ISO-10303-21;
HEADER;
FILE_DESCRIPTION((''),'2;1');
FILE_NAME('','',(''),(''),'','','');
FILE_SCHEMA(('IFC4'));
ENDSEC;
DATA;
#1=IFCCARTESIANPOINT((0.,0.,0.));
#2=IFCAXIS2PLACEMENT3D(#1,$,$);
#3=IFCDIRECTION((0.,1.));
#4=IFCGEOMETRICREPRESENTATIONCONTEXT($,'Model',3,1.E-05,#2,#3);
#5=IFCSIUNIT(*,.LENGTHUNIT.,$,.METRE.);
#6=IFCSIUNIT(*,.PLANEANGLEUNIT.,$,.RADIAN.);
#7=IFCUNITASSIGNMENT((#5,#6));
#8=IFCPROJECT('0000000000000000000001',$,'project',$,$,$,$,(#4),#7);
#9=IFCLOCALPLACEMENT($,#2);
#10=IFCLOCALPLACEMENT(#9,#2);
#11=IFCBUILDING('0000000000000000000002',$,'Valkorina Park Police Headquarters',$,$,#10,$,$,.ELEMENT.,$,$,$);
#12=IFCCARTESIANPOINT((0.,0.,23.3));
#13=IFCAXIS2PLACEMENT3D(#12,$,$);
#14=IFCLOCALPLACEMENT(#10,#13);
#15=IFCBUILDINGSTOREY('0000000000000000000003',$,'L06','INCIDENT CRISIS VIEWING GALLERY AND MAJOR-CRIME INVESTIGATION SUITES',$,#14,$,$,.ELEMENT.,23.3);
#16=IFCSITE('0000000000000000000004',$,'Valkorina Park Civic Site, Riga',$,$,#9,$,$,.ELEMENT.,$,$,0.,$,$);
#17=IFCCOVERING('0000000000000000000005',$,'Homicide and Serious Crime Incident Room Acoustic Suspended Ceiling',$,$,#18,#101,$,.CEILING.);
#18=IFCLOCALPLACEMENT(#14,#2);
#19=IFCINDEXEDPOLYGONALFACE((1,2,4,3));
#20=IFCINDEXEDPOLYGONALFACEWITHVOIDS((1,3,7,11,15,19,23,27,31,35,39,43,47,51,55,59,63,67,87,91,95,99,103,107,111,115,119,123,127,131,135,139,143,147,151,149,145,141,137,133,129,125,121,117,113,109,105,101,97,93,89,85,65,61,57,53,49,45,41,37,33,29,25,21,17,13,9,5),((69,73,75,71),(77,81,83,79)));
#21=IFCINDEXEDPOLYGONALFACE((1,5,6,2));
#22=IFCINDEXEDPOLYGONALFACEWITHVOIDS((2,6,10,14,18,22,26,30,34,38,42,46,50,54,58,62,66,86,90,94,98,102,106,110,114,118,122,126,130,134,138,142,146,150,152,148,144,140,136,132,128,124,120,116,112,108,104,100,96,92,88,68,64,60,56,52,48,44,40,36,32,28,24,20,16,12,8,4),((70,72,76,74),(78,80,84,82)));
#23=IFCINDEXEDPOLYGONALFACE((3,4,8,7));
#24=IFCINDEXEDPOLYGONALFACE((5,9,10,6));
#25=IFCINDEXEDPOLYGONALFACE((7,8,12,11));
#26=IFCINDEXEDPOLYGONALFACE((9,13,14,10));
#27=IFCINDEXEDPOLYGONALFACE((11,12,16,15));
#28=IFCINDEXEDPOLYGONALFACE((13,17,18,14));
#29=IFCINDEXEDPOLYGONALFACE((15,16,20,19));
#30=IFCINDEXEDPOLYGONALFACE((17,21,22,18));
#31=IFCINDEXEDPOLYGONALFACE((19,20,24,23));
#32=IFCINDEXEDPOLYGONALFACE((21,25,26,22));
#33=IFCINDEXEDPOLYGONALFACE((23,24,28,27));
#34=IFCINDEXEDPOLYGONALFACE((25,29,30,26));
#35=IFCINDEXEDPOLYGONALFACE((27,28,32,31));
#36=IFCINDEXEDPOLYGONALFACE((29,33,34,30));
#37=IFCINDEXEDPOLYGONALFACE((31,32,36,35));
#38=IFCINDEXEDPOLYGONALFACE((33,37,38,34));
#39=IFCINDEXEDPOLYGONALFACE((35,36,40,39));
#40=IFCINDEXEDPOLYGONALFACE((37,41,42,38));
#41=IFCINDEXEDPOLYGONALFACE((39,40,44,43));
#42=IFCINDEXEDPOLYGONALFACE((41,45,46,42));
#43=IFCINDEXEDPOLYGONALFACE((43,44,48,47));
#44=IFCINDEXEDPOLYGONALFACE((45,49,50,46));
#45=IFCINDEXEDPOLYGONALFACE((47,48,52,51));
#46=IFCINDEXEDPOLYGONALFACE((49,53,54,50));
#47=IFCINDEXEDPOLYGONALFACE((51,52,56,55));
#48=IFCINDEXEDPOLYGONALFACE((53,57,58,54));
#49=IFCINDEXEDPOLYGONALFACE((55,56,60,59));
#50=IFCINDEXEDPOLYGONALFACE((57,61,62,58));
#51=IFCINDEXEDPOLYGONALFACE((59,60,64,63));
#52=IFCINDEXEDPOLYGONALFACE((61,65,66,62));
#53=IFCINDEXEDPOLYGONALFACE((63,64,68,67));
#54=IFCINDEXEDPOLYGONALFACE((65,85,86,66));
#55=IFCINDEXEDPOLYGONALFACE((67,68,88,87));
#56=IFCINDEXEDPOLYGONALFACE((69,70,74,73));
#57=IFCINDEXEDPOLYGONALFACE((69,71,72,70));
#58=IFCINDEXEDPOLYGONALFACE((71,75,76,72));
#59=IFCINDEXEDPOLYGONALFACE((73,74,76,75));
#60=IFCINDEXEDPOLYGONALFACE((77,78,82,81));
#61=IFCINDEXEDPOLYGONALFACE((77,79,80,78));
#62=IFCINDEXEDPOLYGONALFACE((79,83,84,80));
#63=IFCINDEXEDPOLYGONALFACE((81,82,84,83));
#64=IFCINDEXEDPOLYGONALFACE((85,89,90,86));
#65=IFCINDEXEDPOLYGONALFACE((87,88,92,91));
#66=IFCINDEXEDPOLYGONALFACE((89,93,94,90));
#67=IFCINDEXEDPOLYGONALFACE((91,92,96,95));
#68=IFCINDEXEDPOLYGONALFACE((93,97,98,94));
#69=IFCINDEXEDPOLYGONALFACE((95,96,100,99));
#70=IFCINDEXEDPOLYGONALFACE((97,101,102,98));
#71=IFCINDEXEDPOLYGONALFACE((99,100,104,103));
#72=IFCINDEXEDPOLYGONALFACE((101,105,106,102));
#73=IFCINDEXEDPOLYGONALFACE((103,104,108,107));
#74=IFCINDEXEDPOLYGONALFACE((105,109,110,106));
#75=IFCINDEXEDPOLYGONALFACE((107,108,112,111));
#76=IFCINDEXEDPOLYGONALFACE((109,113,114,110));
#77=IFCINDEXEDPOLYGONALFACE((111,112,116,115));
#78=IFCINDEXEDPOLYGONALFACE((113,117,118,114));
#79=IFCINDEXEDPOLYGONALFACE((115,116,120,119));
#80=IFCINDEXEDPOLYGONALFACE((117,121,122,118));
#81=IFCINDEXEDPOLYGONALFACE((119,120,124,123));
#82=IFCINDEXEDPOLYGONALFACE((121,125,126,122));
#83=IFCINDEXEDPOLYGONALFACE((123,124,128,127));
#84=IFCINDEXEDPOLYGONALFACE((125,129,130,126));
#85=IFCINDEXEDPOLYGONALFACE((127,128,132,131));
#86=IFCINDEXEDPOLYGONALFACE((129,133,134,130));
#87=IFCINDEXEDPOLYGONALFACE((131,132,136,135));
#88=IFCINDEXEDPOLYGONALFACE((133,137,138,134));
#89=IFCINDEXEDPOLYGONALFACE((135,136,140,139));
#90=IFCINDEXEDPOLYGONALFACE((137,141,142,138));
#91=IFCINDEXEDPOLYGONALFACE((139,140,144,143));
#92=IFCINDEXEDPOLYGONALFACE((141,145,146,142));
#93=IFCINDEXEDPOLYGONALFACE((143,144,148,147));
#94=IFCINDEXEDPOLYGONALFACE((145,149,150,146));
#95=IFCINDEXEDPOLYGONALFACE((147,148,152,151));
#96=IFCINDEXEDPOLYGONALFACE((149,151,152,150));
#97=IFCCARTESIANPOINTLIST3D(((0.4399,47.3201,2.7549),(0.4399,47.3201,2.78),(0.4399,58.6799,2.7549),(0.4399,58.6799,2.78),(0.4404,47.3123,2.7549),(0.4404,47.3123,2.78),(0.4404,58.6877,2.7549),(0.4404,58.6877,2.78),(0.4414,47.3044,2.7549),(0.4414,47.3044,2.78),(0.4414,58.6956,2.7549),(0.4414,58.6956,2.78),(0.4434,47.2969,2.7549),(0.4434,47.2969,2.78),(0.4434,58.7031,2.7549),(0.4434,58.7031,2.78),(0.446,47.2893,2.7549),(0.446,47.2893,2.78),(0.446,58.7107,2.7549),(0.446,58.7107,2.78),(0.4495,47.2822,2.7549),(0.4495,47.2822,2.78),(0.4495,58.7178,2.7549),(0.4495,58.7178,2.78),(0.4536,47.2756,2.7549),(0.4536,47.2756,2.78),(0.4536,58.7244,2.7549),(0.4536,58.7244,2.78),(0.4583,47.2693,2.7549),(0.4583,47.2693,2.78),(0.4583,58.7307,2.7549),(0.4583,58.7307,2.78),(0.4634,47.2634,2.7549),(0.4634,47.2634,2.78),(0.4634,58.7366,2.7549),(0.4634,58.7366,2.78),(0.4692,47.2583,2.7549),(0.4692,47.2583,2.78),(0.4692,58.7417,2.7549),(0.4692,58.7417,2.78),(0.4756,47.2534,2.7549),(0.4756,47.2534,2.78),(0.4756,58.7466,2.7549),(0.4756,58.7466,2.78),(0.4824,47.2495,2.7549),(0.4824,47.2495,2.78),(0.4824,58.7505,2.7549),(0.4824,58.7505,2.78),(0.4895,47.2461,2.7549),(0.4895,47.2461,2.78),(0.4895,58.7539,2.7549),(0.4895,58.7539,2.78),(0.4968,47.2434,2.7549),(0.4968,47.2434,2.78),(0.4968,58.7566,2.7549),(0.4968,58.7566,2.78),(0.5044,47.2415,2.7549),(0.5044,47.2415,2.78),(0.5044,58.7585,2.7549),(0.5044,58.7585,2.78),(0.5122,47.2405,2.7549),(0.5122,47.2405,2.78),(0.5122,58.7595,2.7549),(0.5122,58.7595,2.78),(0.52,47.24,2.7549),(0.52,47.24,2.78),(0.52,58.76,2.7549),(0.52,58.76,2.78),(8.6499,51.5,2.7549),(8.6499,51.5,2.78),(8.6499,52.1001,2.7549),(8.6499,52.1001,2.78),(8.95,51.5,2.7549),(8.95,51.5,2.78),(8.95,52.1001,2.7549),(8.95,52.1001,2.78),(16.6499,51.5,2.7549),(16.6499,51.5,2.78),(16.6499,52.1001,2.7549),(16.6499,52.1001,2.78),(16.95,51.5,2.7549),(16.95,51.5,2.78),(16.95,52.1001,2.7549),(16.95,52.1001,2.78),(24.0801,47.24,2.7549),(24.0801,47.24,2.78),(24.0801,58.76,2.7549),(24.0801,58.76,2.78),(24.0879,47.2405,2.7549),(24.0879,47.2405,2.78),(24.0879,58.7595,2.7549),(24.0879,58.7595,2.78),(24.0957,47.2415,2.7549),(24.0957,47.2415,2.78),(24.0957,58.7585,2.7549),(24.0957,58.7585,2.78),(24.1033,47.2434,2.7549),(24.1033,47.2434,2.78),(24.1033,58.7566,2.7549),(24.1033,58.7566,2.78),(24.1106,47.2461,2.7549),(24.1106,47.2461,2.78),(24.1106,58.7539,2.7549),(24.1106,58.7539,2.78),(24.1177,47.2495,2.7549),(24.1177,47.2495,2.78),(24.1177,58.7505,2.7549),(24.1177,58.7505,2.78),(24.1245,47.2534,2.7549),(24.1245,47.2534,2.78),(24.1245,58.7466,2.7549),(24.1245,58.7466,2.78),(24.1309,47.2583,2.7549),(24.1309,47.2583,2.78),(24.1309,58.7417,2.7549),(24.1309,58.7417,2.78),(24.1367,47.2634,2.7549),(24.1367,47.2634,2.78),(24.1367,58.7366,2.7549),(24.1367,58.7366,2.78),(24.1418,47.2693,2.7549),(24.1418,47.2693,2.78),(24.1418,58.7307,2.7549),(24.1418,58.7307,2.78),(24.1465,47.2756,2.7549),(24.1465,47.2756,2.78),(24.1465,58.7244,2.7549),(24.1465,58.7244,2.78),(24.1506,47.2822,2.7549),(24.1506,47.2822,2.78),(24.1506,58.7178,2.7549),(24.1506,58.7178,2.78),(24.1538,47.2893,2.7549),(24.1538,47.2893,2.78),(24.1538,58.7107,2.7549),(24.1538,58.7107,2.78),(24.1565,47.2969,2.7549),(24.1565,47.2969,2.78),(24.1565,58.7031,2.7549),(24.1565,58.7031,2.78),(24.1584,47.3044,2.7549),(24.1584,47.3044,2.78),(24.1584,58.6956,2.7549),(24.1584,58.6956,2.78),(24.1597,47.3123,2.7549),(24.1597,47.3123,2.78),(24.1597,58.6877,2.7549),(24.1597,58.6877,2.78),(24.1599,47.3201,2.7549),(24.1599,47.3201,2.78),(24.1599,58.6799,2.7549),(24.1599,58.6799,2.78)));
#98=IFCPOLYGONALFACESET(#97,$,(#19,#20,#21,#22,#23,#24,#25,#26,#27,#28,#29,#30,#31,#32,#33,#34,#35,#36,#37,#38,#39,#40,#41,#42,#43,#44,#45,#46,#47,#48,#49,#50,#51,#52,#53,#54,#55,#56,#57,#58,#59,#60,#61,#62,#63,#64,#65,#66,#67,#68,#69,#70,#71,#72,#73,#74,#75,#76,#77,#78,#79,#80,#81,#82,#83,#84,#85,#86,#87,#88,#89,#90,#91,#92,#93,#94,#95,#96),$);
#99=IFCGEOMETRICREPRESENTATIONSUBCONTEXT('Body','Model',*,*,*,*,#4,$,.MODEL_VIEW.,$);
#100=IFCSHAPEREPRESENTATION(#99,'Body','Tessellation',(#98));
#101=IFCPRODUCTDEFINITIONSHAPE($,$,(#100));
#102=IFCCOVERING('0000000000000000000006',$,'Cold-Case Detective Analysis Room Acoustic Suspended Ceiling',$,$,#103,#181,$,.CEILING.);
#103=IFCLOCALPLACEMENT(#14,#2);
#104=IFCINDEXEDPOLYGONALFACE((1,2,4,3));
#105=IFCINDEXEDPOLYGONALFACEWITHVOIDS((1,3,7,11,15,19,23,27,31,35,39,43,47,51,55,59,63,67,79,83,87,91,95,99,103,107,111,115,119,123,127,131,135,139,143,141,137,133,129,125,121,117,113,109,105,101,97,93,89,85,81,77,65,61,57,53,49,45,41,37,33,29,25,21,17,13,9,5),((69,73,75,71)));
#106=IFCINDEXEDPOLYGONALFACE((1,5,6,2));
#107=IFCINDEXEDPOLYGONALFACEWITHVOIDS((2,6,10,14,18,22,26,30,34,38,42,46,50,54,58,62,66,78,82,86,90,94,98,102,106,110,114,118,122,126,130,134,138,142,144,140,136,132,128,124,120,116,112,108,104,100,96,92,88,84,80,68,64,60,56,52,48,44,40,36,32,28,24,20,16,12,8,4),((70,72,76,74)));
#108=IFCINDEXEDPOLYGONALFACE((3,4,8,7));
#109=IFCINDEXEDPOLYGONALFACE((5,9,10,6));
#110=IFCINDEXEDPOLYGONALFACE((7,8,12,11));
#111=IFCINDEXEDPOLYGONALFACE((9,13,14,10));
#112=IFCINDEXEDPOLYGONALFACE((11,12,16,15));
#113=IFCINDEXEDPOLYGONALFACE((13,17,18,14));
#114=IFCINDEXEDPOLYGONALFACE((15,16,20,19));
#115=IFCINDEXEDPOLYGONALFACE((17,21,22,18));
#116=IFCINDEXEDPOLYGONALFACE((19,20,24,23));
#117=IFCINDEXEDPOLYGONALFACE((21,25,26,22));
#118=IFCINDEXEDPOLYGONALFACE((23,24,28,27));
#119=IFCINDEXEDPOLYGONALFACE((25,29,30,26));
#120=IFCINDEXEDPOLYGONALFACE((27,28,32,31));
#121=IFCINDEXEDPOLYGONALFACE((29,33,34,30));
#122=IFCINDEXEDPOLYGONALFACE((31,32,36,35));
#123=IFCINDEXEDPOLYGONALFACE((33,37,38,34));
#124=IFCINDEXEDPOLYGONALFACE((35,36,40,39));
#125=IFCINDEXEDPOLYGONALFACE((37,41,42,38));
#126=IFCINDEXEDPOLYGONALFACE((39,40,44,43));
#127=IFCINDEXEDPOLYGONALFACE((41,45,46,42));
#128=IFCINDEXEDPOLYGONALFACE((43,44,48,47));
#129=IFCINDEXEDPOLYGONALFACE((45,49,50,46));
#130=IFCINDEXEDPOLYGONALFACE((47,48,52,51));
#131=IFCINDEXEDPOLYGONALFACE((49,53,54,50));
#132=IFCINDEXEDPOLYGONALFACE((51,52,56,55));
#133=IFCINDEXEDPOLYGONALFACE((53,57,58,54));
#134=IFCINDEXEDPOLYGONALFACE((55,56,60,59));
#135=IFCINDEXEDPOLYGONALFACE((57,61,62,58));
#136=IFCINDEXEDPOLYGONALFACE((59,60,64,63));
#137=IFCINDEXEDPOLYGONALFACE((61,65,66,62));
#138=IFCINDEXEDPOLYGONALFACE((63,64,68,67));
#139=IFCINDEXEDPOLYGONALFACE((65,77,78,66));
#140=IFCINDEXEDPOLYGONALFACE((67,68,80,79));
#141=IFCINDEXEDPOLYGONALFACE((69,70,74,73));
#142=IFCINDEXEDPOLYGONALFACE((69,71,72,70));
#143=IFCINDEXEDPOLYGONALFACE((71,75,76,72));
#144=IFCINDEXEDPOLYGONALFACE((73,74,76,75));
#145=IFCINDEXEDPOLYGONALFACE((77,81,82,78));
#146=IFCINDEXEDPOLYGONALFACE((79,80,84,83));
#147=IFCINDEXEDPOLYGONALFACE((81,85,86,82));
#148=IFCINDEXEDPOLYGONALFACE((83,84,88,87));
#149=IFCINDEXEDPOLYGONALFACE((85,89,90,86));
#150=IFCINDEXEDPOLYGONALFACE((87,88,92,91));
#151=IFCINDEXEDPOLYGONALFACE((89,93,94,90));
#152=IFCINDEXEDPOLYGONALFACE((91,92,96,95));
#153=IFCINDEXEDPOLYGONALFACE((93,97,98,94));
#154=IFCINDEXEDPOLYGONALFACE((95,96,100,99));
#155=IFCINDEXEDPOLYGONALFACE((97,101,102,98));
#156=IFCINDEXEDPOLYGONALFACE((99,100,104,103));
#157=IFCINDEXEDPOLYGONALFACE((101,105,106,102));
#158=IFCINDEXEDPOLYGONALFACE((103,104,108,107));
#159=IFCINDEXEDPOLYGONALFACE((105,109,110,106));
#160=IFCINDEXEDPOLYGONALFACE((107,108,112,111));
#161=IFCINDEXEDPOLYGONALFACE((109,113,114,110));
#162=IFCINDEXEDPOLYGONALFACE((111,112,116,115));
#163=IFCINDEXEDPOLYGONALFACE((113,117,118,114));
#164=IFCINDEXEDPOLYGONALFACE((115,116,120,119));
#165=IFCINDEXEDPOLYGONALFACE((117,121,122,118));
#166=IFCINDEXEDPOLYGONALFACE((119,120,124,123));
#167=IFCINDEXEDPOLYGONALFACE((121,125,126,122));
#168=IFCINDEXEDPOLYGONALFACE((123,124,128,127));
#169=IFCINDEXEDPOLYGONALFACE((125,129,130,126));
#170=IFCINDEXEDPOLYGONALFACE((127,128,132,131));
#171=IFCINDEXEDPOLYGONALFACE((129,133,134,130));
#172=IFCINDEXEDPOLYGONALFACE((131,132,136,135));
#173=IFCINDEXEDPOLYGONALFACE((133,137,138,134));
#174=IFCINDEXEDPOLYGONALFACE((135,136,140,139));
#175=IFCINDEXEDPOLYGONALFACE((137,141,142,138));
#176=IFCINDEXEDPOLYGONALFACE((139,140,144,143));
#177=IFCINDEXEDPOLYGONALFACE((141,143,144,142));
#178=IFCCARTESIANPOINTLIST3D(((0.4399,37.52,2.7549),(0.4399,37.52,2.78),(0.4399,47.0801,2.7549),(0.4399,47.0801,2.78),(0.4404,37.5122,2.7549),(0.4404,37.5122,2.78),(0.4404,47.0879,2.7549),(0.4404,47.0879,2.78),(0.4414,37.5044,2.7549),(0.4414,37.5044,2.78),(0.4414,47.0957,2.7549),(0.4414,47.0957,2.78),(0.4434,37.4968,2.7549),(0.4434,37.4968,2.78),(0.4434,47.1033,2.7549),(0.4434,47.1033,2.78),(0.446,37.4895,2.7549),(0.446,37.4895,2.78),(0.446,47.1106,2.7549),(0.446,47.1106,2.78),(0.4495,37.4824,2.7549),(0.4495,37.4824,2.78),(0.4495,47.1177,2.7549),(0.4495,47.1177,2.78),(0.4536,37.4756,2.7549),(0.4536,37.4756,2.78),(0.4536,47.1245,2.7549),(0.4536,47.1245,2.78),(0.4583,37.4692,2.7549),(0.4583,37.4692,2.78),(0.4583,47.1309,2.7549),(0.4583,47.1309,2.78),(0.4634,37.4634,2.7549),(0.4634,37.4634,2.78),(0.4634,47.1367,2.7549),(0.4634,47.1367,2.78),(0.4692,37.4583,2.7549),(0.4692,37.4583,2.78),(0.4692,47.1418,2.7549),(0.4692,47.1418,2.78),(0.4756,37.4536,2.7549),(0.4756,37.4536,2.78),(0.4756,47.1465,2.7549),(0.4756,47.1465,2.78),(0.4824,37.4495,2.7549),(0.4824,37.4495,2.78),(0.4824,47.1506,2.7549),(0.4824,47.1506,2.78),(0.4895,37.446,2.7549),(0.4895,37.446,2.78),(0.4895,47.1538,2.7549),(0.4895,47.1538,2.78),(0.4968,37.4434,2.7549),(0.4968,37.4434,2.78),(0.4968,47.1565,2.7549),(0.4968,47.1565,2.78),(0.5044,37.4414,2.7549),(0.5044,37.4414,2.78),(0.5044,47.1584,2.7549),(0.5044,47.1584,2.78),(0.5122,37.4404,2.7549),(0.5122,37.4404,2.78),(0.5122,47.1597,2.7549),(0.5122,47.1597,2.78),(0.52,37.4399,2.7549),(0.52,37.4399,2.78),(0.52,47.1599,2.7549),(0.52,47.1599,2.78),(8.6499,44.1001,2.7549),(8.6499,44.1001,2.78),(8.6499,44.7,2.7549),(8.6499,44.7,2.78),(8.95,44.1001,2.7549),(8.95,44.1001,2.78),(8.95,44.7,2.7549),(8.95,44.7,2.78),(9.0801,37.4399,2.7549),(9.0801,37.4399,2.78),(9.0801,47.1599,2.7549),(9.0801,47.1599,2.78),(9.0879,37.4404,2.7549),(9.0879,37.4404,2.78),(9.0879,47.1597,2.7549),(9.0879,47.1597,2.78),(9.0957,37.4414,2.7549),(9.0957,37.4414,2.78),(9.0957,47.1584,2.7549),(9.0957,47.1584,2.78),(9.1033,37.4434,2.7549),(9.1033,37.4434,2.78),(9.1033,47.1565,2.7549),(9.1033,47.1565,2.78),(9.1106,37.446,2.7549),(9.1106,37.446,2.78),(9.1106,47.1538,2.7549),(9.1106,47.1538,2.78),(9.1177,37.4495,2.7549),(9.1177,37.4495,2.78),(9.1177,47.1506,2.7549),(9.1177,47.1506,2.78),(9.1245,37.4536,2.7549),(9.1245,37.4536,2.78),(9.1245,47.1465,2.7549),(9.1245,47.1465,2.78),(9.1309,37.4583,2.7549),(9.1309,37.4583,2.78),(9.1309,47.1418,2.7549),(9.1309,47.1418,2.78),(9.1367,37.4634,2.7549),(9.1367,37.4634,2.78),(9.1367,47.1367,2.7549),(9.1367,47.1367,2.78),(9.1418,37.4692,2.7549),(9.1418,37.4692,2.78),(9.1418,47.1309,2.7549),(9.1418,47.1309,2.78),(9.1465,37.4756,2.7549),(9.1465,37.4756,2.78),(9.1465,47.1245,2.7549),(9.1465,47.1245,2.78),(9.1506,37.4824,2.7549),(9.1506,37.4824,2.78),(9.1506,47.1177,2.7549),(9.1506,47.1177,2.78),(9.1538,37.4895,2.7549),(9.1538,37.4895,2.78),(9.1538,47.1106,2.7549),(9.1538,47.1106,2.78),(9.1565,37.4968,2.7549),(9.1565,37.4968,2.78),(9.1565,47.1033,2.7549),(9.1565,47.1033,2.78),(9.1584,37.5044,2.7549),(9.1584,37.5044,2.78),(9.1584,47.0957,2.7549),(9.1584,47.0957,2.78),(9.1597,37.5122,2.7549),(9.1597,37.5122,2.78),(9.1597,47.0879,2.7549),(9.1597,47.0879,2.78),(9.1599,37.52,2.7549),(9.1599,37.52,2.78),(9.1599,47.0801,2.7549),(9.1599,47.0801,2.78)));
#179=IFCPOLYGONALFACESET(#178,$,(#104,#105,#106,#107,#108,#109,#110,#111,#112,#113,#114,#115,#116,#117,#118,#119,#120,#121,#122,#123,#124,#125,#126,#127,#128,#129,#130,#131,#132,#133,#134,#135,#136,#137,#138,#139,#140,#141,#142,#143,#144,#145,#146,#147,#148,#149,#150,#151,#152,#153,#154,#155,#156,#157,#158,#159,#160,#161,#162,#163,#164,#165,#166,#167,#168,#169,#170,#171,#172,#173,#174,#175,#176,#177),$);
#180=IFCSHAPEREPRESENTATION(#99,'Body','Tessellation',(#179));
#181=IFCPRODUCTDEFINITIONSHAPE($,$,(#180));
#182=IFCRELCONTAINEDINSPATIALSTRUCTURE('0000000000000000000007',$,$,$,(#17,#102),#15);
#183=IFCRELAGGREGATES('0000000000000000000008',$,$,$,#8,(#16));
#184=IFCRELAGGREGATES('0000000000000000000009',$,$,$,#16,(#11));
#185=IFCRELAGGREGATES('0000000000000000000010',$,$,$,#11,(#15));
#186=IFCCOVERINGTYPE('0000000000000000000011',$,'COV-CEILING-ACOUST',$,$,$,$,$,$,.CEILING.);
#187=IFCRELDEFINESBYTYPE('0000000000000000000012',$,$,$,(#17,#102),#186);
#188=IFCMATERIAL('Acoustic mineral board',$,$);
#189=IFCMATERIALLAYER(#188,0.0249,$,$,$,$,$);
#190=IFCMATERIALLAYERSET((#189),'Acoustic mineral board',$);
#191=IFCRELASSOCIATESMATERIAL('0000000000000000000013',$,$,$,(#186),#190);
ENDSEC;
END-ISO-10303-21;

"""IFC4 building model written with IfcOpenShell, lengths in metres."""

from ifc_helpers import new_model, si_unit, direction, frame, origin, place, context, subcontext, project, spatial, polyline, outline, extrude, material, layer, layer_set, type_object, element, save


model = new_model("IFC4")

# Units and contexts
model_context = context("Model", 3, precision=1e-05, world=origin(), true_north=direction((0.0, 1.0)))
body_context = subcontext(model_context, "Body", "Model", "MODEL_VIEW")
ifc_project = project(units=[si_unit("LENGTHUNIT", "METRE"), si_unit("PLANEANGLEUNIT", "RADIAN")], contexts=[model_context])

# Site, building, storey
site_placement = place(None, origin())
site = spatial("IfcSite", under=ifc_project, at=site_placement, Name="Valkorina Park Civic Site, Riga", CompositionType="ELEMENT", RefElevation=0.0)
building_placement = place(site_placement, origin())
building = spatial("IfcBuilding", under=site, at=building_placement, Name="Valkorina Park Police Headquarters", CompositionType="ELEMENT")
storey_placement = place(building_placement, frame((0.0, 0.0, 23.3)))
storey = spatial("IfcBuildingStorey", under=building, at=storey_placement, Name="L06", Description="INCIDENT CRISIS VIEWING GALLERY AND MAJOR-CRIME INVESTIGATION SUITES", CompositionType="ELEMENT", Elevation=23.3)

# Coverings
ifc_material_1 = material(Name="Acoustic mineral board")
ifc_layer_1 = layer(ifc_material_1, 0.0249)
ifc_layer_set_1 = layer_set([ifc_layer_1], Name="Acoustic mineral board")
covering_type_1 = type_object("IfcCoveringType", Name="COV-CEILING-ACOUST", PredefinedType="CEILING", material=ifc_layer_set_1)
covering_1_placement = place(storey_placement, frame((0.0, 0.0, 2.7549)))
element("IfcCovering", 1, at=covering_1_placement, inside=storey, type_object=covering_type_1, Name="Homicide and Serious Crime Incident Room Acoustic Suspended Ceiling", PredefinedType="CEILING", context=body_context, shape_type="SweptSolid", body=[
    extrude(outline(polyline([(24.0957, 58.7585), (24.0879, 58.7595), (24.0801, 58.76), (0.52, 58.76), (0.5122, 58.7595), (0.5044, 58.7585), (0.4968, 58.7566), (0.4895, 58.7539), (0.4824, 58.7505), (0.4756, 58.7466), (0.4692, 58.7417), (0.4634, 58.7366), (0.4583, 58.7307), (0.4536, 58.7244), (0.4495, 58.7178), (0.446, 58.7107), (0.4434, 58.7031), (0.4414, 58.6956), (0.4404, 58.6877), (0.4399, 58.6799), (0.4399, 47.3201), (0.4404, 47.3123), (0.4414, 47.3044), (0.4434, 47.2969), (0.446, 47.2893), (0.4495, 47.2822), (0.4536, 47.2756), (0.4583, 47.2693), (0.4634, 47.2634), (0.4692, 47.2583), (0.4756, 47.2534), (0.4824, 47.2495), (0.4895, 47.2461), (0.4968, 47.2434), (0.5044, 47.2415), (0.5122, 47.2405), (0.52, 47.24), (24.0801, 47.24), (24.0879, 47.2405), (24.0957, 47.2415), (24.1033, 47.2434), (24.1106, 47.2461), (24.1177, 47.2495), (24.1245, 47.2534), (24.1309, 47.2583), (24.1367, 47.2634), (24.1418, 47.2693), (24.1465, 47.2756), (24.1506, 47.2822), (24.1538, 47.2893), (24.1565, 47.2969), (24.1584, 47.3044), (24.1597, 47.3123), (24.1599, 47.3201), (24.1599, 58.6799), (24.1597, 58.6877), (24.1584, 58.6956), (24.1565, 58.7031), (24.1538, 58.7107), (24.1506, 58.7178), (24.1465, 58.7244), (24.1418, 58.7307), (24.1367, 58.7366), (24.1309, 58.7417), (24.1245, 58.7466), (24.1177, 58.7505), (24.1106, 58.7539), (24.1033, 58.7566), (24.0957, 58.7585)]), holes=[polyline([(16.6499, 52.1001), (16.95, 52.1001), (16.95, 51.5), (16.6499, 51.5), (16.6499, 52.1001)]), polyline([(8.6499, 52.1001), (8.95, 52.1001), (8.95, 51.5), (8.6499, 51.5), (8.6499, 52.1001)])]), origin(), (0.0, 0.0, 1.0), 0.0251),
])
covering_2_placement = place(storey_placement, frame((0.0, 0.0, 2.7549)))
element("IfcCovering", 2, at=covering_2_placement, inside=storey, type_object=covering_type_1, Name="Cold-Case Detective Analysis Room Acoustic Suspended Ceiling", PredefinedType="CEILING", context=body_context, shape_type="SweptSolid", body=[
    extrude(outline(polyline([(9.0957, 47.1584), (9.0879, 47.1597), (9.0801, 47.1599), (0.52, 47.1599), (0.5122, 47.1597), (0.5044, 47.1584), (0.4968, 47.1565), (0.4895, 47.1538), (0.4824, 47.1506), (0.4756, 47.1465), (0.4692, 47.1418), (0.4634, 47.1367), (0.4583, 47.1309), (0.4536, 47.1245), (0.4495, 47.1177), (0.446, 47.1106), (0.4434, 47.1033), (0.4414, 47.0957), (0.4404, 47.0879), (0.4399, 47.0801), (0.4399, 37.52), (0.4404, 37.5122), (0.4414, 37.5044), (0.4434, 37.4968), (0.446, 37.4895), (0.4495, 37.4824), (0.4536, 37.4756), (0.4583, 37.4692), (0.4634, 37.4634), (0.4692, 37.4583), (0.4756, 37.4536), (0.4824, 37.4495), (0.4895, 37.446), (0.4968, 37.4434), (0.5044, 37.4414), (0.5122, 37.4404), (0.52, 37.4399), (9.0801, 37.4399), (9.0879, 37.4404), (9.0957, 37.4414), (9.1033, 37.4434), (9.1106, 37.446), (9.1177, 37.4495), (9.1245, 37.4536), (9.1309, 37.4583), (9.1367, 37.4634), (9.1418, 37.4692), (9.1465, 37.4756), (9.1506, 37.4824), (9.1538, 37.4895), (9.1565, 37.4968), (9.1584, 37.5044), (9.1597, 37.5122), (9.1599, 37.52), (9.1599, 47.0801), (9.1597, 47.0879), (9.1584, 47.0957), (9.1565, 47.1033), (9.1538, 47.1106), (9.1506, 47.1177), (9.1465, 47.1245), (9.1418, 47.1309), (9.1367, 47.1367), (9.1309, 47.1418), (9.1245, 47.1465), (9.1177, 47.1506), (9.1106, 47.1538), (9.1033, 47.1565), (9.0957, 47.1584)]), holes=[polyline([(8.6499, 44.7), (8.95, 44.7), (8.95, 44.1001), (8.6499, 44.1001), (8.6499, 44.7)])]), origin(), (0.0, 0.0, 1.0), 0.0251),
])

save(model, "model.ifc")
